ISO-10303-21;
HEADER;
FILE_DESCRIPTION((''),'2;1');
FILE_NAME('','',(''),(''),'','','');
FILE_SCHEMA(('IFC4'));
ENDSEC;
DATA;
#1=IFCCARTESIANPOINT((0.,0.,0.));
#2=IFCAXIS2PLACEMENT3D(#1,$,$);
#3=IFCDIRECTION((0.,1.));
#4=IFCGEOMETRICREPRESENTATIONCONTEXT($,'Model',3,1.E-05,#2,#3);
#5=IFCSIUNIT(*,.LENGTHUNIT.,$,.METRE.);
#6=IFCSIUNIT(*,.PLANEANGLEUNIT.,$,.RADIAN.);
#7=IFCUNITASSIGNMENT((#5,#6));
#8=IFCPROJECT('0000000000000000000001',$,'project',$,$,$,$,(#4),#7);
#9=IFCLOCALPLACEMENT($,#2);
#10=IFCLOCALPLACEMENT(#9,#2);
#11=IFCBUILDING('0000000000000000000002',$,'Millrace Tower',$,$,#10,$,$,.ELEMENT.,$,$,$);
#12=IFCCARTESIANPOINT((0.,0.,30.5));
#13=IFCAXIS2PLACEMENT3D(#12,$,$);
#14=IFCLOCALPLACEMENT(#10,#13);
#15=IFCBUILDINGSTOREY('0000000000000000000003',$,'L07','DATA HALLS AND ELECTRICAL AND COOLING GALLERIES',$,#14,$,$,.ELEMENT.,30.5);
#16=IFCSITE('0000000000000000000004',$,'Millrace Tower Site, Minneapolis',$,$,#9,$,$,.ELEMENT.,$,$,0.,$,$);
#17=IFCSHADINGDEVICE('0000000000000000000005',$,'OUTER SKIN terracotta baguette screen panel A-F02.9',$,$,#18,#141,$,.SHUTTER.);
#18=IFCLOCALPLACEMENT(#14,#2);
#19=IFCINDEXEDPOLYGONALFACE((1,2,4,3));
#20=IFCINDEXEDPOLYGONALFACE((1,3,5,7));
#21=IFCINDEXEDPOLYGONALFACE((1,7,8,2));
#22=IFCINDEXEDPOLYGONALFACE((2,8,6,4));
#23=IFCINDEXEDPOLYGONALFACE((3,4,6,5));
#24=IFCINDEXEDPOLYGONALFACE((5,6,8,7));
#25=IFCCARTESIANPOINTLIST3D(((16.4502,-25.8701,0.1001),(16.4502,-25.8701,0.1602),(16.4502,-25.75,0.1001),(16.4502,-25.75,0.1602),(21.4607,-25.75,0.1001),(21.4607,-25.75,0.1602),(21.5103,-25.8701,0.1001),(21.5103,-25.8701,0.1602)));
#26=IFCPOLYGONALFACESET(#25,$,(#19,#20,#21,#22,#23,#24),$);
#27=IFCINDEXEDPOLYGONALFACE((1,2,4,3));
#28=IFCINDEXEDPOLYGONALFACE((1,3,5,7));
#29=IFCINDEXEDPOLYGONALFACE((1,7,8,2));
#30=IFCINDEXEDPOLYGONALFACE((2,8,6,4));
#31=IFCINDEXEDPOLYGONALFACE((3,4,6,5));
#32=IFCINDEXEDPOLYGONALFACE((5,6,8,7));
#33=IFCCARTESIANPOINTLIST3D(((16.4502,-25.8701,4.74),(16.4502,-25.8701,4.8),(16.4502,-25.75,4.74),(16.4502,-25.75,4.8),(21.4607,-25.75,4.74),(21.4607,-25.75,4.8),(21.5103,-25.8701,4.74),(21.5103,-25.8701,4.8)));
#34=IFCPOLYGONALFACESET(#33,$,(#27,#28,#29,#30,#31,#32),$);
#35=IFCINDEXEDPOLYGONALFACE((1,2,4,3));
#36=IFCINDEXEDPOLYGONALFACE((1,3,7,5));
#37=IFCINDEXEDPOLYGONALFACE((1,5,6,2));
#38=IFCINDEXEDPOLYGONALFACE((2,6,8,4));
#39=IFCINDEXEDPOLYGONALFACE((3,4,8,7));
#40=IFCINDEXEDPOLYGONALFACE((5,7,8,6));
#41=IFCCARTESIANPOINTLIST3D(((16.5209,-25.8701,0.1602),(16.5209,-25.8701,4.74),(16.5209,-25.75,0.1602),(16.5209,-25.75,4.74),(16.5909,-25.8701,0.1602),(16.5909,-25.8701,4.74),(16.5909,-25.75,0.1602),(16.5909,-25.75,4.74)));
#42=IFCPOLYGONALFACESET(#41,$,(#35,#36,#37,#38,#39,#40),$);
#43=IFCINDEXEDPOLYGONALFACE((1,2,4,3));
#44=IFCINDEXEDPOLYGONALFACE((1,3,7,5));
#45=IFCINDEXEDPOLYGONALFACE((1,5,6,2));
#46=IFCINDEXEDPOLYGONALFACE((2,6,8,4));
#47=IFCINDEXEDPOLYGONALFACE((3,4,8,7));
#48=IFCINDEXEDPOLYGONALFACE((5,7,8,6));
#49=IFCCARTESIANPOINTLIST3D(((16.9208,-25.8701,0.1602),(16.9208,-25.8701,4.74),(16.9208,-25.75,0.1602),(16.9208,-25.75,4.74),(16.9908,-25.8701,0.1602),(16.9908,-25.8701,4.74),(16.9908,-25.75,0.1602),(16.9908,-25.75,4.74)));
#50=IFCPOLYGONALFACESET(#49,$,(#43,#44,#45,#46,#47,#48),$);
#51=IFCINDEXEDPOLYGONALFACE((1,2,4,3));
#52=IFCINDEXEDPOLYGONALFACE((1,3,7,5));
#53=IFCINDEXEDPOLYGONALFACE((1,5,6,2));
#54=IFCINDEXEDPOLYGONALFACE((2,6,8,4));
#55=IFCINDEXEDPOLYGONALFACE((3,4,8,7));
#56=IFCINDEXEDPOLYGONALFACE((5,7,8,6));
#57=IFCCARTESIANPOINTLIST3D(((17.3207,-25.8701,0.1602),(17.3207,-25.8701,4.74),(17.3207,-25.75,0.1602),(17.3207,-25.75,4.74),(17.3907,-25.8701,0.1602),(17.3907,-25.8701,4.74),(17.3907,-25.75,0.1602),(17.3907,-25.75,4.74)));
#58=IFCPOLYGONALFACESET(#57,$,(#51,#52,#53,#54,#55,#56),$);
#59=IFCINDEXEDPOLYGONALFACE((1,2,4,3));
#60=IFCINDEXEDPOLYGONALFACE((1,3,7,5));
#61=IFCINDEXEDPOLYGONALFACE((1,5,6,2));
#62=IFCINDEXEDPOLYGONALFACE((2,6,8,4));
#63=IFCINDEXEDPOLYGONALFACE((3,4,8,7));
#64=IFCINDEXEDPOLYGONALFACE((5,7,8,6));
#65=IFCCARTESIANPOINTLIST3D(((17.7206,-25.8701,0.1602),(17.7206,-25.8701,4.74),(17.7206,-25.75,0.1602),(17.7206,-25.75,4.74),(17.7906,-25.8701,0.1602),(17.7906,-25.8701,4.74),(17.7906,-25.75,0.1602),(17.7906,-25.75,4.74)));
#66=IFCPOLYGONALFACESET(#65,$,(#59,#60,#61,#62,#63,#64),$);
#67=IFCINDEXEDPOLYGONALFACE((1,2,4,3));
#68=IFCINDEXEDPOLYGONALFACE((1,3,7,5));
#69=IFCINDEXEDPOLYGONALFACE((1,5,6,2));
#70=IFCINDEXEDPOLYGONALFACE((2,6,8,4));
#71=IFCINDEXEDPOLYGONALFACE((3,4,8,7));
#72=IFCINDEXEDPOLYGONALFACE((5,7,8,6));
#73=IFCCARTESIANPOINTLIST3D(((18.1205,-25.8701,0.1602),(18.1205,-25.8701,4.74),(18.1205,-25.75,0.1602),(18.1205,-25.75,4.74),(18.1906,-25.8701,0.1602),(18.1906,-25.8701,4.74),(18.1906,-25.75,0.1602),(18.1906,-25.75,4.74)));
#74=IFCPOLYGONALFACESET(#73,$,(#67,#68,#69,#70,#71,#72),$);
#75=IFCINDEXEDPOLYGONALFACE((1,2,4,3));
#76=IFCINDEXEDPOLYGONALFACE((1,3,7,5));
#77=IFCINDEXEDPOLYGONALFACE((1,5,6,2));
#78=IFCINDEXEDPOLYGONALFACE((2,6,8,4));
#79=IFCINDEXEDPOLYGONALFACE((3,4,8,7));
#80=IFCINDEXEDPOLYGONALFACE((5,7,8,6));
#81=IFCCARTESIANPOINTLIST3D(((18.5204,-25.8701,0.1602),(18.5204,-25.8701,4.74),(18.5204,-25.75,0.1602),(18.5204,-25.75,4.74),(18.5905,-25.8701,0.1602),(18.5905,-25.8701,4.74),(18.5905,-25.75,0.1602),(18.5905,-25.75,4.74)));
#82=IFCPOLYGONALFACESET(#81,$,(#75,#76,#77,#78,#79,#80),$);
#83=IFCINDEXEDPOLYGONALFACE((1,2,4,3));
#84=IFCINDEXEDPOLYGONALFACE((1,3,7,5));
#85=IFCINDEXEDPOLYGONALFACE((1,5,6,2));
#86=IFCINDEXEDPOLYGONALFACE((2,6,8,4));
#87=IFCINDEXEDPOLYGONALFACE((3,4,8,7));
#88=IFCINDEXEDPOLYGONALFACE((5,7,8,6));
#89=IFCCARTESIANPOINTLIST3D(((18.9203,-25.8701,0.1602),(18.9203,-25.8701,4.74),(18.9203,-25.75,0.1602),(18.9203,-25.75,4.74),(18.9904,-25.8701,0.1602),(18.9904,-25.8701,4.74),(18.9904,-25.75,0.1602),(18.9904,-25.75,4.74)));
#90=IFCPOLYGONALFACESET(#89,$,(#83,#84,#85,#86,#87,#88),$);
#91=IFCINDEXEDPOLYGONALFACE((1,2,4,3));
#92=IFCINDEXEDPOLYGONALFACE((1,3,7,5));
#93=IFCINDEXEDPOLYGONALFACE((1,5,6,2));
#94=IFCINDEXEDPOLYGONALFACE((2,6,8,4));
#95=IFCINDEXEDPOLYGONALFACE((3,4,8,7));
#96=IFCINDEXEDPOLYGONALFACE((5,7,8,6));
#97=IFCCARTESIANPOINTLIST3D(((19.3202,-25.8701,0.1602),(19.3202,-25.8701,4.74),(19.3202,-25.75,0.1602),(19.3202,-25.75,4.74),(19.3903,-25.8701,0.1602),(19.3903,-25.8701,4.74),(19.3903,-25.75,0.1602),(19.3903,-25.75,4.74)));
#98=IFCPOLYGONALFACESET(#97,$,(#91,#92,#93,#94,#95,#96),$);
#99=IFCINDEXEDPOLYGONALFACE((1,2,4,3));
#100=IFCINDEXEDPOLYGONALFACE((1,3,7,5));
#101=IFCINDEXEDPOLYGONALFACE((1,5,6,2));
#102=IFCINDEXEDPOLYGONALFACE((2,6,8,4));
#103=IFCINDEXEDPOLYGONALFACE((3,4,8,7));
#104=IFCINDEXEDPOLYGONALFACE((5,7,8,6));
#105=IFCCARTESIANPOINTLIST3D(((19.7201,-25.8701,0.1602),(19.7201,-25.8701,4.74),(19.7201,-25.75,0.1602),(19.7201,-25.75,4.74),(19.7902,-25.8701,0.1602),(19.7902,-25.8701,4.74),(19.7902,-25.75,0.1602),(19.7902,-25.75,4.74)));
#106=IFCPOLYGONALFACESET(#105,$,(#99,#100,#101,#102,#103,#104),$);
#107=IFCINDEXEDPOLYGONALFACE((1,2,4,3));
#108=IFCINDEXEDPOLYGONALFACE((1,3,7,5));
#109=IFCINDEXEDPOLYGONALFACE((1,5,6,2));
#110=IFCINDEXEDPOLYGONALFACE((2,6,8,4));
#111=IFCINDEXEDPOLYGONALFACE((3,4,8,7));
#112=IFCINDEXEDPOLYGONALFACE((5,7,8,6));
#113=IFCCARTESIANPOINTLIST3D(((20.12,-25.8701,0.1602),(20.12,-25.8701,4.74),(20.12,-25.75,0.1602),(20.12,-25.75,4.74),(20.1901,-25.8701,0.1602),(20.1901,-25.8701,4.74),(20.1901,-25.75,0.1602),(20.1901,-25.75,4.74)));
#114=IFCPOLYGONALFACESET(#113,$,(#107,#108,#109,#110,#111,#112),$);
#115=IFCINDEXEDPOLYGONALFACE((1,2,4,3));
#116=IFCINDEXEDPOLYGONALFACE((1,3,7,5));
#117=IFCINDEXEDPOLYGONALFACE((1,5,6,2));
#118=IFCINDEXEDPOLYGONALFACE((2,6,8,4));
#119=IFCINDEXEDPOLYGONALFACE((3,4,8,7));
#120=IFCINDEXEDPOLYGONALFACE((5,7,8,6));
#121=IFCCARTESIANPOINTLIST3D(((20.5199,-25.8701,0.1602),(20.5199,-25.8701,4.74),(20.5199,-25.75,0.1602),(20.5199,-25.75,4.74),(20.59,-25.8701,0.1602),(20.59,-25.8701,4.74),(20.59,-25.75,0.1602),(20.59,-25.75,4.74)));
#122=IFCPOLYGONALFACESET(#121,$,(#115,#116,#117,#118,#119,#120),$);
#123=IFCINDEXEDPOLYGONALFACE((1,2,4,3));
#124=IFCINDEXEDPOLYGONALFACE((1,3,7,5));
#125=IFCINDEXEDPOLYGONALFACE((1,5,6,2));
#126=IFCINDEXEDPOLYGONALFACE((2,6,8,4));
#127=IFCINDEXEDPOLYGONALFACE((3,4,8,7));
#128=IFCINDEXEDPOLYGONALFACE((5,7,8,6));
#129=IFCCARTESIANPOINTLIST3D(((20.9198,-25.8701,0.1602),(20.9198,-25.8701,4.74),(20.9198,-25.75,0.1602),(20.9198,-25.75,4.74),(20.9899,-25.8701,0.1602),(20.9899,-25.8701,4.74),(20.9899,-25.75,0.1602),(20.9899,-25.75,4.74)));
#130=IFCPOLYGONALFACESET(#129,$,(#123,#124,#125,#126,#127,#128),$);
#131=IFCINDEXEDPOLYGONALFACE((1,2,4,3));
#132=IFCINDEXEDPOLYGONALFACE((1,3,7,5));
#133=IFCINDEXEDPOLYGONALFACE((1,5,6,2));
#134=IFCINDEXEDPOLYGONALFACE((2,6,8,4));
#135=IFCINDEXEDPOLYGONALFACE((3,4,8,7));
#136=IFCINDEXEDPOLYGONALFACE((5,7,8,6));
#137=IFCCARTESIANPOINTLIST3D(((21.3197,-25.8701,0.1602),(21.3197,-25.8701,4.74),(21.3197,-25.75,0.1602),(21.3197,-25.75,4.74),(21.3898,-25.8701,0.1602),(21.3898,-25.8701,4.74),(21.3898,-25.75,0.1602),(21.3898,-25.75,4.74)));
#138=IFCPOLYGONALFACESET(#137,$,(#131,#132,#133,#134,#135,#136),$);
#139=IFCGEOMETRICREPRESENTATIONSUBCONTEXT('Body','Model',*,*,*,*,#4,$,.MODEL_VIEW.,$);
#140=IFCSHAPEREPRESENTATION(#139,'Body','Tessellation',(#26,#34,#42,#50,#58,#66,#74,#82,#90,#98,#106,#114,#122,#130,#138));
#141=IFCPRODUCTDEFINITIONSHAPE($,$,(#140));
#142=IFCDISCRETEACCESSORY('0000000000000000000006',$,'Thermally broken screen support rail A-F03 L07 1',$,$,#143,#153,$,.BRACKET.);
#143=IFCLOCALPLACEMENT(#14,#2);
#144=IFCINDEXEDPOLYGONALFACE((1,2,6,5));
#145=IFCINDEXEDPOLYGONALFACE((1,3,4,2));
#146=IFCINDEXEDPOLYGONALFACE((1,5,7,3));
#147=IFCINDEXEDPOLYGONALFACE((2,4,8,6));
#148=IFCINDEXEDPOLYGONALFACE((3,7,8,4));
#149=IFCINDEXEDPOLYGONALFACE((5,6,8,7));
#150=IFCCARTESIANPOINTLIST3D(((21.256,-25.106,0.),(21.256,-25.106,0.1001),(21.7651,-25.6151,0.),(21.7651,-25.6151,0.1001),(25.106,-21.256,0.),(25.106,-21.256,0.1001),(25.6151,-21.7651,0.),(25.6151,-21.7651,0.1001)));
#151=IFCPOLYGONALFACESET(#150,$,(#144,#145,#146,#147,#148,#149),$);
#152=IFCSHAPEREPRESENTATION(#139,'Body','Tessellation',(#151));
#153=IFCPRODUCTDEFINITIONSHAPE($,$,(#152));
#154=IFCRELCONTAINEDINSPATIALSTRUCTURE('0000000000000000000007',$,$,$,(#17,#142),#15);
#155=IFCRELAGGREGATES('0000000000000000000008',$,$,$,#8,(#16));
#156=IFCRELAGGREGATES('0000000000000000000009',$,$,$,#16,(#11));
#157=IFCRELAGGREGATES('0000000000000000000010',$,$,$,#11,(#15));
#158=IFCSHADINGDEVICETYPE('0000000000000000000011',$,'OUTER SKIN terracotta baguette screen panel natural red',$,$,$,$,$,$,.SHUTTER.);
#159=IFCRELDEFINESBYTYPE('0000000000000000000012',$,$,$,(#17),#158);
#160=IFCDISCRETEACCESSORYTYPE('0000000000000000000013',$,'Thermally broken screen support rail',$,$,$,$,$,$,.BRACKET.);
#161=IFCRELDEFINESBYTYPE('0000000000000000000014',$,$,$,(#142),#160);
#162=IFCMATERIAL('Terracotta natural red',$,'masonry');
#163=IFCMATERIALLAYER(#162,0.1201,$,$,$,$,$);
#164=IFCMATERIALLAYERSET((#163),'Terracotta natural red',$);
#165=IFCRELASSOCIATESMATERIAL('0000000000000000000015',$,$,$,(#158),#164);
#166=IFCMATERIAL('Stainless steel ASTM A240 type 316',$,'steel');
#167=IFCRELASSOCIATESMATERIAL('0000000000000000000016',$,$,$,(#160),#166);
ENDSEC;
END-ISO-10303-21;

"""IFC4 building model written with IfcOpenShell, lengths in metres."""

from ifc_helpers import new_model, entity, si_unit, direction, frame, frame_2d, origin, origin_2d, place, context, subcontext, project, spatial, rectangle, extrude, source, transform, mapped, material, layer, layer_set, type_object, element, save


model = new_model("IFC4")

# Units and contexts
model_context = context("Model", 3, precision=1e-05, world=origin(), true_north=direction((0.0, 1.0)))
body_context = subcontext(model_context, "Body", "Model", "MODEL_VIEW")
ifc_project = project(units=[si_unit("LENGTHUNIT", "METRE"), si_unit("PLANEANGLEUNIT", "RADIAN")], contexts=[model_context])

# Site, building, storey
site_placement = place(None, origin())
site = spatial("IfcSite", under=ifc_project, at=site_placement, Name="Millrace Tower Site, Minneapolis", CompositionType="ELEMENT", RefElevation=0.0)
building_placement = place(site_placement, origin())
building = spatial("IfcBuilding", under=site, at=building_placement, Name="Millrace Tower", CompositionType="ELEMENT")
storey_placement = place(building_placement, frame((0.0, 0.0, 30.5)))
storey = spatial("IfcBuildingStorey", under=building, at=storey_placement, Name="L07", Description="DATA HALLS AND ELECTRICAL AND COOLING GALLERIES", CompositionType="ELEMENT", Elevation=30.5)

# Shading device
ifc_material_1 = material(Name="Terracotta natural red", Category="masonry")
ifc_layer_1 = layer(ifc_material_1, 0.1201)
ifc_layer_set_1 = layer_set([ifc_layer_1], Name="Terracotta natural red")
shading_device_type_1 = type_object("IfcShadingDeviceType", Name="OUTER SKIN terracotta baguette screen panel natural red", PredefinedType="SHUTTER", material=ifc_layer_set_1)
cartesian_point_1 = entity("IfcCartesianPoint", [-2.5176, 0.0601])
shared_polyline_1 = entity("IfcPolyline", [cartesian_point_1, entity("IfcCartesianPoint", [2.4929, 0.0601]), entity("IfcCartesianPoint", [2.5425, -0.0601]), entity("IfcCartesianPoint", [-2.5176, -0.0601]), cartesian_point_1])
shared_shape_1 = source(origin(), body_context, "Body", "SweptSolid", [
    entity("IfcExtrudedAreaSolid", entity("IfcArbitraryClosedProfileDef", "AREA", None, shared_polyline_1), entity("IfcAxis2Placement3D", entity("IfcCartesianPoint", [0.0, 0.0, 0.0])), entity("IfcDirection", [0.0, 0.0, 1.0]), 0.0601),
    entity("IfcExtrudedAreaSolid", entity("IfcArbitraryClosedProfileDef", "AREA", None, shared_polyline_1), entity("IfcAxis2Placement3D", entity("IfcCartesianPoint", [0.0, 0.0, 4.6399])), entity("IfcDirection", [0.0, 0.0, 1.0]), 0.0601),
    extrude(rectangle(XDim=0.0701, YDim=0.1201, at=frame_2d((-2.4119, 0.0))), frame((0.0, 0.0, 0.0601)), (0.0, 0.0, 1.0), 4.5798),
    extrude(rectangle(XDim=0.0701, YDim=0.1201, at=frame_2d((-2.012, 0.0))), frame((0.0, 0.0, 0.0601)), (0.0, 0.0, 1.0), 4.5798),
    extrude(rectangle(XDim=0.0701, YDim=0.1201, at=frame_2d((-1.6121, 0.0))), frame((0.0, 0.0, 0.0601)), (0.0, 0.0, 1.0), 4.5798),
    extrude(rectangle(XDim=0.0701, YDim=0.1201, at=frame_2d((-1.2122, 0.0))), frame((0.0, 0.0, 0.0601)), (0.0, 0.0, 1.0), 4.5798),
    extrude(rectangle(XDim=0.0701, YDim=0.1201, at=frame_2d((-0.8123, 0.0))), frame((0.0, 0.0, 0.0601)), (0.0, 0.0, 1.0), 4.5798),
    extrude(rectangle(XDim=0.0701, YDim=0.1201, at=frame_2d((-0.4124, 0.0))), frame((0.0, 0.0, 0.0601)), (0.0, 0.0, 1.0), 4.5798),
    extrude(rectangle(XDim=0.0701, YDim=0.1201, at=frame_2d((-0.0125, 0.0))), frame((0.0, 0.0, 0.0601)), (0.0, 0.0, 1.0), 4.5798),
    extrude(rectangle(XDim=0.0701, YDim=0.1201, at=frame_2d((0.3875, 0.0))), frame((0.0, 0.0, 0.0601)), (0.0, 0.0, 1.0), 4.5798),
    extrude(rectangle(XDim=0.0701, YDim=0.1201, at=frame_2d((0.7874, 0.0))), frame((0.0, 0.0, 0.0601)), (0.0, 0.0, 1.0), 4.5798),
    extrude(rectangle(XDim=0.0701, YDim=0.1201, at=frame_2d((1.1873, 0.0))), frame((0.0, 0.0, 0.0601)), (0.0, 0.0, 1.0), 4.5798),
    extrude(rectangle(XDim=0.0701, YDim=0.1201, at=frame_2d((1.5872, 0.0))), frame((0.0, 0.0, 0.0601)), (0.0, 0.0, 1.0), 4.5798),
    extrude(rectangle(XDim=0.0701, YDim=0.1201, at=frame_2d((1.9871, 0.0))), frame((0.0, 0.0, 0.0601)), (0.0, 0.0, 1.0), 4.5798),
    extrude(rectangle(XDim=0.0701, YDim=0.1201, at=frame_2d((2.387, 0.0))), frame((0.0, 0.0, 0.0601)), (0.0, 0.0, 1.0), 4.5798),
])
shading_device_1_placement = place(storey_placement, frame((18.9678, -25.8101, 0.1001), z_axis=(0.0, 0.0, 1.0), x_axis=(1.0, 0.0, 0.0)))
element("IfcShadingDevice", 1, at=shading_device_1_placement, inside=storey, type_object=shading_device_type_1, Name="OUTER SKIN terracotta baguette screen panel A-F02.9", PredefinedType="SHUTTER", context=body_context, shape_type="MappedRepresentation", body=[
    mapped(shared_shape_1, transform((0.0, 0.0, 0.0), scale=1.0)),
])

# Discrete accessory
ifc_material_2 = material(Name="Stainless steel ASTM A240 type 316", Category="steel")
discrete_accessory_type = type_object("IfcDiscreteAccessoryType", Name="Thermally broken screen support rail", PredefinedType="BRACKET", material=ifc_material_2)
discrete_accessory_placement = place(storey_placement, frame((23.4355, -23.4355, 0.0), z_axis=(0.0, 0.0, 1.0), x_axis=(0.707107, 0.707107, 0.0)))
element("IfcDiscreteAccessory", 2, at=discrete_accessory_placement, inside=storey, type_object=discrete_accessory_type, Name="Thermally broken screen support rail A-F03 L07 1", PredefinedType="BRACKET", context=body_context, shape_type="SweptSolid", body=[
    extrude(rectangle(XDim=5.4448, YDim=0.72, at=origin_2d()), origin(), (0.0, 0.0, 1.0), 0.1001),
])

save(model, "model.ifc")
